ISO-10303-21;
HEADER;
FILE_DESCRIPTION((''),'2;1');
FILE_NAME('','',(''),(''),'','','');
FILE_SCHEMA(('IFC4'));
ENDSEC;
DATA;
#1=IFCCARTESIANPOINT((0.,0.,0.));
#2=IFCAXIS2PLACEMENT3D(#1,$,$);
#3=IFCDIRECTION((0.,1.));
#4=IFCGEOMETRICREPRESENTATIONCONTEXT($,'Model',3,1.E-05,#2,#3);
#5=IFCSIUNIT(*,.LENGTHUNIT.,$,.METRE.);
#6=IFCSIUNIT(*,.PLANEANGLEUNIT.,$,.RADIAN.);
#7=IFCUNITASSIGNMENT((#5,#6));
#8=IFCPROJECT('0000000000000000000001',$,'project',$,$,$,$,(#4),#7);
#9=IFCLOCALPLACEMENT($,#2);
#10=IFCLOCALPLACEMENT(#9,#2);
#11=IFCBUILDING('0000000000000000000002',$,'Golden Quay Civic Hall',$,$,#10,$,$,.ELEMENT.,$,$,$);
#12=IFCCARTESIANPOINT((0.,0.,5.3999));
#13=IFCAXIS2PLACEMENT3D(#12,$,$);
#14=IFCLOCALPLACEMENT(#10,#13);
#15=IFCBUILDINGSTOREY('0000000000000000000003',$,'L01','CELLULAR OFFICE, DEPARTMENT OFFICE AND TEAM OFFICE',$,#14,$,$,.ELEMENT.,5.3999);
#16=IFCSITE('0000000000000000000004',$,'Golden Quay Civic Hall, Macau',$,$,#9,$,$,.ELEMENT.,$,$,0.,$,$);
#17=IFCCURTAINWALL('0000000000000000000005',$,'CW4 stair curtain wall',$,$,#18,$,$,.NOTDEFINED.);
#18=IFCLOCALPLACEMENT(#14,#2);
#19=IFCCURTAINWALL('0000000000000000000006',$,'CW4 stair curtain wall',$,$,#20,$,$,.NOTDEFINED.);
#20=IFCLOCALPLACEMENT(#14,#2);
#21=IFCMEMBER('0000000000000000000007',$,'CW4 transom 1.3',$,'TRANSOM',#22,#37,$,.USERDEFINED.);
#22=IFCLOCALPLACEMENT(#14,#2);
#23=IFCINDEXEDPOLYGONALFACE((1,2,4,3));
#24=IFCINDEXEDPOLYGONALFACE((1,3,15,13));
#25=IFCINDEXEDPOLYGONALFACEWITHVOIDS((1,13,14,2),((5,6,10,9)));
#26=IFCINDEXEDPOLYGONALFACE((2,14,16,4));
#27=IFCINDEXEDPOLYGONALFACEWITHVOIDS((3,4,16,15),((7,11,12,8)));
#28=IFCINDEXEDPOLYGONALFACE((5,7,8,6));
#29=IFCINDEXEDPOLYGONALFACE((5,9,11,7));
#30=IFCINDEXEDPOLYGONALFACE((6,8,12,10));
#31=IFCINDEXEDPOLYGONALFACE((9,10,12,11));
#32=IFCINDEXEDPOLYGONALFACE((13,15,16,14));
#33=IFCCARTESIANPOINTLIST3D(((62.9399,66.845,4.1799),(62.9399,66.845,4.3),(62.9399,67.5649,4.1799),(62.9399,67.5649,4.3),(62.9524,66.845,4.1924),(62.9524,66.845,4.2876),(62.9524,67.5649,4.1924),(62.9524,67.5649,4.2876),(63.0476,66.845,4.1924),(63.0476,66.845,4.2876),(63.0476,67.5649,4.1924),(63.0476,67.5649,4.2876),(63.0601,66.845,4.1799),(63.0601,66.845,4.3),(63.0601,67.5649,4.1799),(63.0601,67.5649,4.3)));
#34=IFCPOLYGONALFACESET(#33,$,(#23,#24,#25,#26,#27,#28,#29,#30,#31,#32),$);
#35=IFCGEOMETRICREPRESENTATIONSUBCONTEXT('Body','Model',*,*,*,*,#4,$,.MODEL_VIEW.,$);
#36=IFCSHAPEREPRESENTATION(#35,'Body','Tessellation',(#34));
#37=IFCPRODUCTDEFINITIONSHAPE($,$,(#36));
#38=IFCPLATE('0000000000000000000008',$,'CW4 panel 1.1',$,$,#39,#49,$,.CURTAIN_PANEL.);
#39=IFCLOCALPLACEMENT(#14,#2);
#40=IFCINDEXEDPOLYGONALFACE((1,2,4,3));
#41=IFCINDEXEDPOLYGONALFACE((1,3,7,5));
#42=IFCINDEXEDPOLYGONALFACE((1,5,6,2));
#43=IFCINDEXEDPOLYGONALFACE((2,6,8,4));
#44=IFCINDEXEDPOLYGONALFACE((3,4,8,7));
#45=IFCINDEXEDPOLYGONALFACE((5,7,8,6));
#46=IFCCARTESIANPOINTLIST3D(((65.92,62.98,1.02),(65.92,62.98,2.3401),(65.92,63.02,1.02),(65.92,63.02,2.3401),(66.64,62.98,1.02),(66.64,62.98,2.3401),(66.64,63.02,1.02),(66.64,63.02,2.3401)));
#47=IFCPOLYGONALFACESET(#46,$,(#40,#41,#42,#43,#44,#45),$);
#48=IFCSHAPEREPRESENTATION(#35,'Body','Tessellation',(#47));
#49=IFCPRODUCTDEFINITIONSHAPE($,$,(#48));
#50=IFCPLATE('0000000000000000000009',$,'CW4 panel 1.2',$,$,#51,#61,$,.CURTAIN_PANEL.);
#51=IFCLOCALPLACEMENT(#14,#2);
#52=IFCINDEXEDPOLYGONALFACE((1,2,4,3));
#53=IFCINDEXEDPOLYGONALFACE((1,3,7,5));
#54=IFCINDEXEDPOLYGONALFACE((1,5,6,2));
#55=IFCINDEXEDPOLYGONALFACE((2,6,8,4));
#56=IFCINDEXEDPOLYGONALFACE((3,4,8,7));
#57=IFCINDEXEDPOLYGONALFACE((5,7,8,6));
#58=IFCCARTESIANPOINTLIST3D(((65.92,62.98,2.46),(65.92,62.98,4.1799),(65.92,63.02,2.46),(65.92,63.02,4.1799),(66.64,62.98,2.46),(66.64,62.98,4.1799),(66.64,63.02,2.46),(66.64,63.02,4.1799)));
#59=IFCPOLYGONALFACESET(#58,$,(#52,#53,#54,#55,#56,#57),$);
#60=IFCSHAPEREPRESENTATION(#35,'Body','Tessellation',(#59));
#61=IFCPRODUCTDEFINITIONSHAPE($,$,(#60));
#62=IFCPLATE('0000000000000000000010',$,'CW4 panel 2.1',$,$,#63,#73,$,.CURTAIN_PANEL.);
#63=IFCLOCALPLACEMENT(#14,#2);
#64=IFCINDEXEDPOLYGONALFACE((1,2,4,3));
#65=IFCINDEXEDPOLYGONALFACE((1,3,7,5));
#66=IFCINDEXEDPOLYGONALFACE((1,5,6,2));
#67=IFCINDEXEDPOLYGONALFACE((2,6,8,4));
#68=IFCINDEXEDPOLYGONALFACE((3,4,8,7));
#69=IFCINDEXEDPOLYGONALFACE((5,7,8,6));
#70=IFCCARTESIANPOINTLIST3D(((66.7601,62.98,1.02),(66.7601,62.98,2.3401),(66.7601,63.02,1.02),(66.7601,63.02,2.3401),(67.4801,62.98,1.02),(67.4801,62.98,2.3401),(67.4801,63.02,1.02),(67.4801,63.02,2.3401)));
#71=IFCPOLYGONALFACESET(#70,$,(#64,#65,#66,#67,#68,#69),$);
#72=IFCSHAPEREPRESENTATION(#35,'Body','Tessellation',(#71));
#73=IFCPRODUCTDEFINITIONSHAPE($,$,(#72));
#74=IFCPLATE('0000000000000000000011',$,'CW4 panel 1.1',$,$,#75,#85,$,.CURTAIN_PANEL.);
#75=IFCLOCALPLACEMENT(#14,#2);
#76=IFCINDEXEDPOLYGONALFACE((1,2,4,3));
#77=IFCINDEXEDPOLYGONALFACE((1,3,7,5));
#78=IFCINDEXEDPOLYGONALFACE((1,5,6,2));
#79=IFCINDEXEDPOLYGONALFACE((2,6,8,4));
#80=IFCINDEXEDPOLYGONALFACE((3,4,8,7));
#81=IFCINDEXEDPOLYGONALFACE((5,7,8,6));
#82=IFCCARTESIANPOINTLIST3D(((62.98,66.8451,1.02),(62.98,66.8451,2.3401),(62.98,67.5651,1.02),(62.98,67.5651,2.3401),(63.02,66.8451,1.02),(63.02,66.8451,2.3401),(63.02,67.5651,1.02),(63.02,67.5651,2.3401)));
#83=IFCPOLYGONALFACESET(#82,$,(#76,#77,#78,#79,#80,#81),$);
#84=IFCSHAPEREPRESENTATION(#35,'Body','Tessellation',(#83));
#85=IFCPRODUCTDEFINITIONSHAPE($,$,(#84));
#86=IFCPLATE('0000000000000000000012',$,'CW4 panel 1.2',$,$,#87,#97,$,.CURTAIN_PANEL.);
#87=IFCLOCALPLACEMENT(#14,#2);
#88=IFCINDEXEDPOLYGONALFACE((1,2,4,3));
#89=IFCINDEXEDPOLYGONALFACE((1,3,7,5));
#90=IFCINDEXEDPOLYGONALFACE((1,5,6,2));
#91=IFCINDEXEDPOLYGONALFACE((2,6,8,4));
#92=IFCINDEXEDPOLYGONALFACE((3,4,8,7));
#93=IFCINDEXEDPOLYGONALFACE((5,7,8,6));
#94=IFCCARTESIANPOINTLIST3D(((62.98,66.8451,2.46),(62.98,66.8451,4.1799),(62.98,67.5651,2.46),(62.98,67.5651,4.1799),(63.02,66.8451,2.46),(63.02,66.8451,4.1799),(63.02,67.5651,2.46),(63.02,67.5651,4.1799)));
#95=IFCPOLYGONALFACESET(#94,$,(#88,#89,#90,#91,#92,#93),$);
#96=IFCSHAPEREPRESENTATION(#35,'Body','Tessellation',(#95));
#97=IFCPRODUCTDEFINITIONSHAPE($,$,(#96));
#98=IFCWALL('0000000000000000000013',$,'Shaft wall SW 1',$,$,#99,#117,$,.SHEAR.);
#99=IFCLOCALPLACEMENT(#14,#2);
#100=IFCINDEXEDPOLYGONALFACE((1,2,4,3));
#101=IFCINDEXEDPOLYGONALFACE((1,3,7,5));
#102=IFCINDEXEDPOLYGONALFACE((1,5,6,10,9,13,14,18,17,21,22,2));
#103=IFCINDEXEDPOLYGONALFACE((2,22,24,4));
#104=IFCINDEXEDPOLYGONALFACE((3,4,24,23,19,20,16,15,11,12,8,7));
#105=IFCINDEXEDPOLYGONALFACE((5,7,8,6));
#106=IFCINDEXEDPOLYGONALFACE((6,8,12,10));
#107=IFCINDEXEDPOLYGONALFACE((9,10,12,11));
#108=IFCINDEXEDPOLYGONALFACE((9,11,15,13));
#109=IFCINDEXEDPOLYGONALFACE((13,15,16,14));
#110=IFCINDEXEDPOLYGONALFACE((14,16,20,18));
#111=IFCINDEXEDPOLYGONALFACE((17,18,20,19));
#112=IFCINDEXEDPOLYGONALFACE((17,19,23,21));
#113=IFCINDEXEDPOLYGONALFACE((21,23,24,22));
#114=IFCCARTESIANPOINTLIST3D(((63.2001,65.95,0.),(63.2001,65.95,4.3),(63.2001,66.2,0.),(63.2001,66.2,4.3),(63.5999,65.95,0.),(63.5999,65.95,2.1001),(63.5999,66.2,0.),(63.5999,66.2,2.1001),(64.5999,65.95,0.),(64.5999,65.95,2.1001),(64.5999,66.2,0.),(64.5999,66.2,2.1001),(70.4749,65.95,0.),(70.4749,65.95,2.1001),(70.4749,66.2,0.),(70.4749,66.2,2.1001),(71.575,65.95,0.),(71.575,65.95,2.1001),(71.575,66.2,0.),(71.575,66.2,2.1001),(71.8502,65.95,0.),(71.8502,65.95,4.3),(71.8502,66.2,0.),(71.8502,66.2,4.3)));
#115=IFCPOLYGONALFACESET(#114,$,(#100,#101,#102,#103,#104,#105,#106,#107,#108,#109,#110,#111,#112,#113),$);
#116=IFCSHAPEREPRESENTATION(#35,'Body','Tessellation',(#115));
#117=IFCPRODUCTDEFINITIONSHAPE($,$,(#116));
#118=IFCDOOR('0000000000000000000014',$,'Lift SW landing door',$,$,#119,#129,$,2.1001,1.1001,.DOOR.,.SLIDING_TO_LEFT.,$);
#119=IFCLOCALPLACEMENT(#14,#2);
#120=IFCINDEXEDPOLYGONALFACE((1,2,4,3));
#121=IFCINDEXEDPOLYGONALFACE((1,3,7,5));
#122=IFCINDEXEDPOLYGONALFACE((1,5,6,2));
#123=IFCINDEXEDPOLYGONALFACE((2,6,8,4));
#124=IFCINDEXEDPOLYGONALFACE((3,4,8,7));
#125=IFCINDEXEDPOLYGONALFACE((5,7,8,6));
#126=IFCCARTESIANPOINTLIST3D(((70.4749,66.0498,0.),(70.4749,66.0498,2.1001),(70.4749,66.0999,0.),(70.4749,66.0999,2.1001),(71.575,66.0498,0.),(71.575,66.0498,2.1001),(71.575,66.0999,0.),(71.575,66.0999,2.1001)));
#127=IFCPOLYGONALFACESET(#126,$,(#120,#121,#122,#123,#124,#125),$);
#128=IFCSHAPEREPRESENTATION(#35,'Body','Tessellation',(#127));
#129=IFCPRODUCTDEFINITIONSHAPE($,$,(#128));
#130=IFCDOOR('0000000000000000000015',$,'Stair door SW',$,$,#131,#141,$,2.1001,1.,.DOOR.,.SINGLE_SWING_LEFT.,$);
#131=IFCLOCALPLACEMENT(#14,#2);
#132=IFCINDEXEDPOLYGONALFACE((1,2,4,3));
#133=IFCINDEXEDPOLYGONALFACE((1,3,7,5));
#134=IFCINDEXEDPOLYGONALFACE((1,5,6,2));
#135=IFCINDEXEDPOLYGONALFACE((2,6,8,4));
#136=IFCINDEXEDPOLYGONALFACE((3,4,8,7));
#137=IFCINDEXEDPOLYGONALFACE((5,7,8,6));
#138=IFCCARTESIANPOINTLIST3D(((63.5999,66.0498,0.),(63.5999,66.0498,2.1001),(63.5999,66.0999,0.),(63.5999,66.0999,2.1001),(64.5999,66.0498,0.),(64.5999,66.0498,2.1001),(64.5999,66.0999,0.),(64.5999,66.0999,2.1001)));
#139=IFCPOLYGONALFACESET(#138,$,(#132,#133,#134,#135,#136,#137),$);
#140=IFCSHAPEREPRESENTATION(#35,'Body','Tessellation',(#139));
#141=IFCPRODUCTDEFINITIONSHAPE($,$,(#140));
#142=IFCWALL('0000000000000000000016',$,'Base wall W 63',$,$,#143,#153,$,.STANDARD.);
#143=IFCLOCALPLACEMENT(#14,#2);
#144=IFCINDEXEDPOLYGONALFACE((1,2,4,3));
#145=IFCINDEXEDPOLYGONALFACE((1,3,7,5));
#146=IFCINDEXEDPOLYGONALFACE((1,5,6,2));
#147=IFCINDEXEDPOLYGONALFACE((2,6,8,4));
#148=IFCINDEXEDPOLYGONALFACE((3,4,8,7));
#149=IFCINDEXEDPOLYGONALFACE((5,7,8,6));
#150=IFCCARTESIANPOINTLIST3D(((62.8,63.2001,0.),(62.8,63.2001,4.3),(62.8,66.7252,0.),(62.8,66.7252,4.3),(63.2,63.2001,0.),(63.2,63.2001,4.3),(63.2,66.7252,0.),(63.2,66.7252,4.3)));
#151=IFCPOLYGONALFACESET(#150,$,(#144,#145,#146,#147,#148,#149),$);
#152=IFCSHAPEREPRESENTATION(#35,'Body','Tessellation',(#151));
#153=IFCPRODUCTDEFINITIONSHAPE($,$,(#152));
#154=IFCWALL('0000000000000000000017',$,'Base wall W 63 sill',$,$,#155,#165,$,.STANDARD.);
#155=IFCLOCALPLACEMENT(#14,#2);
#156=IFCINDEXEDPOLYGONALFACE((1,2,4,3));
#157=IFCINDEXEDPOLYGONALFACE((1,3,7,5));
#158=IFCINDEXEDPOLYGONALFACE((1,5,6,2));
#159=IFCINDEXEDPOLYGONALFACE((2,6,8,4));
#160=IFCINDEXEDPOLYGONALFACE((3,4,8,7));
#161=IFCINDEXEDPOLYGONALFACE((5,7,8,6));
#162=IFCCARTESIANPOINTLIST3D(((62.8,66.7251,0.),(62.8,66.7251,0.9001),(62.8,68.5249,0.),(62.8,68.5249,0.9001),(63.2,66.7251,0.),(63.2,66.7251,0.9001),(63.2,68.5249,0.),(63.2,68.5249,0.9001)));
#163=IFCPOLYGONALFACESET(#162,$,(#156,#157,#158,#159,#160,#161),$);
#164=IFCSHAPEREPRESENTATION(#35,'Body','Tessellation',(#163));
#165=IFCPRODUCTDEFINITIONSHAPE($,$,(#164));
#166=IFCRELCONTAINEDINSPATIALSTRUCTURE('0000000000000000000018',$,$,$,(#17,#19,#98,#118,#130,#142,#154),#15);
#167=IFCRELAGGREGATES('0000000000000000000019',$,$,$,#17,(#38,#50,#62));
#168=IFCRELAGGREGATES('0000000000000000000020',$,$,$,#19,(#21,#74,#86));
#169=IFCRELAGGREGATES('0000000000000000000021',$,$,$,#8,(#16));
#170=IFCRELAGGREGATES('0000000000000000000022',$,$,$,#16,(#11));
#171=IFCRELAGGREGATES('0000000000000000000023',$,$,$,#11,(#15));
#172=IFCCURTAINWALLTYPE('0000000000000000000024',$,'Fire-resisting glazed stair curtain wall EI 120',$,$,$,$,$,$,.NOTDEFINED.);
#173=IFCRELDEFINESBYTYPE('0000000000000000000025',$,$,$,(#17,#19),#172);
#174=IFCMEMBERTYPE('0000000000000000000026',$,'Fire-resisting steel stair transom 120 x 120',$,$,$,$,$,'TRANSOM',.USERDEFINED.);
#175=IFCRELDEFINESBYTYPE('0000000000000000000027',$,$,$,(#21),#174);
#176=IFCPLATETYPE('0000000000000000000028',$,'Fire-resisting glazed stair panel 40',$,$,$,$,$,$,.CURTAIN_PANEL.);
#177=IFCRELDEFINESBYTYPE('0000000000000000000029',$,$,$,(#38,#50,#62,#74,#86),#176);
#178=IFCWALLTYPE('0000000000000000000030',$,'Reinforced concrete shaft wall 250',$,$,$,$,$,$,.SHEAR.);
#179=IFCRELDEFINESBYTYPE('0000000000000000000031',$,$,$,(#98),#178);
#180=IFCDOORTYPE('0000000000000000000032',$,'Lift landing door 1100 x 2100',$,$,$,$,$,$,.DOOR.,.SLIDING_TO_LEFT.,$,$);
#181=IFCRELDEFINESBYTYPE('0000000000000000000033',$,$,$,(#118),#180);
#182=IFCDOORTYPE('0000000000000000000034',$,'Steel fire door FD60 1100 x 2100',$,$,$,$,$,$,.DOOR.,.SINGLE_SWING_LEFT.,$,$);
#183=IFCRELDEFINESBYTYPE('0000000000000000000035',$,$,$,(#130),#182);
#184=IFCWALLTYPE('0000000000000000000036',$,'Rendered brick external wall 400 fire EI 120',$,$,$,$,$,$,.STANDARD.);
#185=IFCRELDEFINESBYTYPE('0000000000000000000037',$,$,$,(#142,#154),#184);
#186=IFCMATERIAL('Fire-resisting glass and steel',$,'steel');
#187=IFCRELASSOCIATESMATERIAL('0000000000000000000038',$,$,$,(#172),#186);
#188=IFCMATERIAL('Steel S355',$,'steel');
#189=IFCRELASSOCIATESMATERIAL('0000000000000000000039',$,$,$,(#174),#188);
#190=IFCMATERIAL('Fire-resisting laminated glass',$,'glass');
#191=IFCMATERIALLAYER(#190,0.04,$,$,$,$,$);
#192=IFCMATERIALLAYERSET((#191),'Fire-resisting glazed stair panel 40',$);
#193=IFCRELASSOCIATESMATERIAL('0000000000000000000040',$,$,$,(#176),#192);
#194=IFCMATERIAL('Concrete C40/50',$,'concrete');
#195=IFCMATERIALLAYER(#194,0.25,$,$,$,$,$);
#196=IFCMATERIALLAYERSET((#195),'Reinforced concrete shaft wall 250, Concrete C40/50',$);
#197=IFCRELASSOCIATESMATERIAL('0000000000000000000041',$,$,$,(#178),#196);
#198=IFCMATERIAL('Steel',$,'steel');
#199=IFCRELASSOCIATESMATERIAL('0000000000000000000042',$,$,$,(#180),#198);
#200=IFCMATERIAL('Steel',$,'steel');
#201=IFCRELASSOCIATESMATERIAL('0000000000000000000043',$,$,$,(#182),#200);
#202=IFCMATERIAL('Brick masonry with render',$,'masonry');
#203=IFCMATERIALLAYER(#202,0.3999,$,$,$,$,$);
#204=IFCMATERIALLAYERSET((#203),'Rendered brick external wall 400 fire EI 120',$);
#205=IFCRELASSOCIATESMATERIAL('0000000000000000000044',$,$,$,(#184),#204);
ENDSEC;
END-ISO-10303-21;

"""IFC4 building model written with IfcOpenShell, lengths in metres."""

from ifc_helpers import new_model, si_unit, direction, frame, frame_2d, origin, origin_2d, place, context, subcontext, project, spatial, rectangle, hollow_rectangle, extrude, material, layer, layer_set, material_profile, profile_set, type_object, element, fill, aggregate, save


model = new_model("IFC4")

# Units and contexts
model_context = context("Model", 3, precision=1e-05, world=origin(), true_north=direction((0.0, 1.0)))
body_context = subcontext(model_context, "Body", "Model", "MODEL_VIEW")
ifc_project = project(units=[si_unit("LENGTHUNIT", "METRE"), si_unit("PLANEANGLEUNIT", "RADIAN")], contexts=[model_context])

# Site, building, storey
site_placement = place(None, origin())
site = spatial("IfcSite", under=ifc_project, at=site_placement, Name="Golden Quay Civic Hall, Macau", CompositionType="ELEMENT", RefElevation=0.0)
building_placement = place(site_placement, origin())
building = spatial("IfcBuilding", under=site, at=building_placement, Name="Golden Quay Civic Hall", CompositionType="ELEMENT")
storey_placement = place(building_placement, frame((0.0, 0.0, 5.3999)))
storey = spatial("IfcBuildingStorey", under=building, at=storey_placement, Name="L01", Description="CELLULAR OFFICE, DEPARTMENT OFFICE AND TEAM OFFICE", CompositionType="ELEMENT", Elevation=5.3999)

# Curtain wall
ifc_material_1 = material(Name="Fire-resisting glass and steel", Category="steel")
curtain_wall_type = type_object("IfcCurtainWallType", Name="Fire-resisting glazed stair curtain wall EI 120", PredefinedType="NOTDEFINED", material=ifc_material_1)
curtain_wall_1_placement = place(storey_placement, origin())
curtain_wall_1 = element("IfcCurtainWall", 1, at=curtain_wall_1_placement, inside=storey, type_object=curtain_wall_type, Name="CW4 stair curtain wall", PredefinedType="NOTDEFINED")

# Curtain wall
curtain_wall_2_placement = place(storey_placement, origin())
curtain_wall_2 = element("IfcCurtainWall", 2, at=curtain_wall_2_placement, inside=storey, type_object=curtain_wall_type, Name="CW4 stair curtain wall", PredefinedType="NOTDEFINED")

# Member
ifc_material_2 = material(Name="Steel S355", Category="steel")
ifc_material_profile_1 = material_profile(ifc_material_2, hollow_rectangle(XDim=0.1201, YDim=0.1201, WallThickness=0.0125, at=origin_2d()), Name="SHS 120x120x12.5")
ifc_profile_set_1 = profile_set([ifc_material_profile_1], Name="Steel S355")
member_type_1 = type_object("IfcMemberType", Name="Fire-resisting steel stair transom 120 x 120", ElementType="TRANSOM", PredefinedType="USERDEFINED", material=ifc_profile_set_1)
member_1_placement = place(storey_placement, frame((63.0, 66.845, 4.24), z_axis=(0.0, 1.0, 0.0), x_axis=(-1.0, 0.0, 0.0)))
member_1 = element("IfcMember", 3, at=member_1_placement, type_object=member_type_1, Name="CW4 transom 1.3", ObjectType="TRANSOM", PredefinedType="USERDEFINED", context=body_context, shape_type="SweptSolid", body=[
    extrude(hollow_rectangle(XDim=0.1201, YDim=0.1201, WallThickness=0.0125, at=origin_2d()), origin(), (0.0, 0.0, 1.0), 0.72),
])

# Plates
ifc_material_3 = material(Name="Fire-resisting laminated glass", Category="glass")
ifc_layer_1 = layer(ifc_material_3, 0.04)
ifc_layer_set_1 = layer_set([ifc_layer_1], Name="Fire-resisting glazed stair panel 40")
plate_type = type_object("IfcPlateType", Name="Fire-resisting glazed stair panel 40", PredefinedType="CURTAIN_PANEL", material=ifc_layer_set_1)
plate_1_placement = place(storey_placement, frame((66.28, 63.0, 1.02), z_axis=(0.0, 0.0, 1.0), x_axis=(1.0, 0.0, 0.0)))
plate_1 = element("IfcPlate", 4, at=plate_1_placement, type_object=plate_type, Name="CW4 panel 1.1", PredefinedType="CURTAIN_PANEL", context=body_context, shape_type="SweptSolid", body=[
    extrude(rectangle(XDim=0.72, YDim=0.04, at=origin_2d()), origin(), (0.0, 0.0, 1.0), 1.3201),
])
plate_2_placement = place(storey_placement, frame((66.28, 63.0, 2.46), z_axis=(0.0, 0.0, 1.0), x_axis=(1.0, 0.0, 0.0)))
plate_2 = element("IfcPlate", 5, at=plate_2_placement, type_object=plate_type, Name="CW4 panel 1.2", PredefinedType="CURTAIN_PANEL", context=body_context, shape_type="SweptSolid", body=[
    extrude(rectangle(XDim=0.72, YDim=0.04, at=origin_2d()), origin(), (0.0, 0.0, 1.0), 1.72),
])
plate_3_placement = place(storey_placement, frame((67.1201, 63.0, 1.02), z_axis=(0.0, 0.0, 1.0), x_axis=(1.0, 0.0, 0.0)))
plate_3 = element("IfcPlate", 6, at=plate_3_placement, type_object=plate_type, Name="CW4 panel 2.1", PredefinedType="CURTAIN_PANEL", context=body_context, shape_type="SweptSolid", body=[
    extrude(rectangle(XDim=0.72, YDim=0.04, at=origin_2d()), origin(), (0.0, 0.0, 1.0), 1.3201),
])
aggregate(curtain_wall_1, [plate_1, plate_2, plate_3])
plate_4_placement = place(storey_placement, frame((63.0, 67.2051, 1.02), z_axis=(0.0, 0.0, 1.0), x_axis=(0.0, 1.0, 0.0)))
plate_4 = element("IfcPlate", 7, at=plate_4_placement, type_object=plate_type, Name="CW4 panel 1.1", PredefinedType="CURTAIN_PANEL", context=body_context, shape_type="SweptSolid", body=[
    extrude(rectangle(XDim=0.72, YDim=0.04, at=origin_2d()), origin(), (0.0, 0.0, 1.0), 1.3201),
])
plate_5_placement = place(storey_placement, frame((63.0, 67.2051, 2.46), z_axis=(0.0, 0.0, 1.0), x_axis=(0.0, 1.0, 0.0)))
plate_5 = element("IfcPlate", 8, at=plate_5_placement, type_object=plate_type, Name="CW4 panel 1.2", PredefinedType="CURTAIN_PANEL", context=body_context, shape_type="SweptSolid", body=[
    extrude(rectangle(XDim=0.72, YDim=0.04, at=origin_2d()), origin(), (0.0, 0.0, 1.0), 1.72),
])
aggregate(curtain_wall_2, [member_1, plate_4, plate_5])

# Wall, openings, doors
ifc_material_4 = material(Name="Concrete C40/50", Category="concrete")
ifc_layer_2 = layer(ifc_material_4, 0.25)
ifc_layer_set_2 = layer_set([ifc_layer_2], Name="Reinforced concrete shaft wall 250, Concrete C40/50")
wall_type_1 = type_object("IfcWallType", Name="Reinforced concrete shaft wall 250", PredefinedType="SHEAR", material=ifc_layer_set_2)
wall_1_placement = place(storey_placement, frame((63.2, 66.075, 0.0), z_axis=(0.0, 0.0, 1.0), x_axis=(1.0, 0.0, 0.0)))
wall_1 = element("IfcWall", 9, at=wall_1_placement, inside=storey, type_object=wall_type_1, Name="Shaft wall SW 1", PredefinedType="SHEAR", context=body_context, shape_type="SweptSolid", body=[
    extrude(rectangle(XDim=8.6501, YDim=0.25, at=frame_2d((4.3252, 0.0))), origin(), (0.0, 0.0, 1.0), 4.3),
])
opening_1_placement = place(wall_1_placement, frame((0.3999, 0.0, 0.0)))
opening_1 = element("IfcOpeningElement", 10, at=opening_1_placement, cuts=wall_1, PredefinedType="OPENING", context=body_context, shape_type="SweptSolid", body=[
    extrude(rectangle(XDim=1.0, YDim=2.1001, at=frame_2d((0.5, 1.05))), frame((0.0, 0.135, 0.0), z_axis=(0.0, -1.0, 0.0), x_axis=(1.0, 0.0, 0.0)), (0.0, 0.0, 1.0), 0.27),
])
opening_2_placement = place(wall_1_placement, frame((7.2749, 0.0, 0.0)))
opening_2 = element("IfcOpeningElement", 11, at=opening_2_placement, cuts=wall_1, PredefinedType="OPENING", context=body_context, shape_type="SweptSolid", body=[
    extrude(rectangle(XDim=1.1001, YDim=2.1001, at=frame_2d((0.55, 1.05))), frame((0.0, 0.135, 0.0), z_axis=(0.0, -1.0, 0.0), x_axis=(1.0, 0.0, 0.0)), (0.0, 0.0, 1.0), 0.27),
])
ifc_material_5 = material(Name="Steel", Category="steel")
door_type_1 = type_object("IfcDoorType", Name="Lift landing door 1100 x 2100", OperationType="SLIDING_TO_LEFT", PredefinedType="DOOR", material=ifc_material_5)
door_1_placement = place(opening_2_placement, frame((1.1001, 0.0, 0.0), z_axis=(0.0, 0.0, 1.0), x_axis=(-1.0, 0.0, 0.0)))
door_1 = element("IfcDoor", 12, at=door_1_placement, inside=storey, type_object=door_type_1, Name="Lift SW landing door", OperationType="SLIDING_TO_LEFT", OverallHeight=2.1001, OverallWidth=1.1001, PredefinedType="DOOR", context=body_context, shape_type="SweptSolid", body=[
    extrude(rectangle(XDim=1.1001, YDim=2.1001, at=frame_2d((0.55, 1.05))), frame((0.0, 0.0251, 0.0), z_axis=(0.0, -1.0, 0.0), x_axis=(1.0, 0.0, 0.0)), (0.0, 0.0, 1.0), 0.05),
])
fill(opening_2, door_1)
ifc_material_6 = material(Name="Steel", Category="steel")
door_type_2 = type_object("IfcDoorType", Name="Steel fire door FD60 1100 x 2100", OperationType="SINGLE_SWING_LEFT", PredefinedType="DOOR", material=ifc_material_6)
door_2_placement = place(opening_1_placement, origin())
door_2 = element("IfcDoor", 13, at=door_2_placement, inside=storey, type_object=door_type_2, Name="Stair door SW", OperationType="SINGLE_SWING_LEFT", OverallHeight=2.1001, OverallWidth=1.0, PredefinedType="DOOR", context=body_context, shape_type="SweptSolid", body=[
    extrude(rectangle(XDim=1.0, YDim=2.1001, at=frame_2d((0.5, 1.05))), frame((0.0, 0.0249, 0.0), z_axis=(0.0, -1.0, 0.0), x_axis=(1.0, 0.0, 0.0)), (0.0, 0.0, 1.0), 0.05),
])
fill(opening_1, door_2)

# Walls
ifc_material_7 = material(Name="Brick masonry with render", Category="masonry")
ifc_layer_3 = layer(ifc_material_7, 0.3999)
ifc_layer_set_3 = layer_set([ifc_layer_3], Name="Rendered brick external wall 400 fire EI 120")
wall_type_2 = type_object("IfcWallType", Name="Rendered brick external wall 400 fire EI 120", PredefinedType="STANDARD", material=ifc_layer_set_3)
wall_2_placement = place(storey_placement, frame((63.0, 63.2, 0.0), z_axis=(0.0, 0.0, 1.0), x_axis=(0.0, 1.0, 0.0)))
element("IfcWall", 14, at=wall_2_placement, inside=storey, type_object=wall_type_2, Name="Base wall W 63", PredefinedType="STANDARD", context=body_context, shape_type="SweptSolid", body=[
    extrude(rectangle(XDim=3.5251, YDim=0.3999, at=frame_2d((1.7627, 0.0))), origin(), (0.0, 0.0, 1.0), 4.3),
])
wall_3_placement = place(storey_placement, frame((63.0, 66.7251, 0.0), z_axis=(0.0, 0.0, 1.0), x_axis=(0.0, 1.0, 0.0)))
element("IfcWall", 15, at=wall_3_placement, inside=storey, type_object=wall_type_2, Name="Base wall W 63 sill", PredefinedType="STANDARD", context=body_context, shape_type="SweptSolid", body=[
    extrude(rectangle(XDim=1.7998, YDim=0.3999, at=frame_2d((0.8999, 0.0))), origin(), (0.0, 0.0, 1.0), 0.9001),
])

save(model, "model.ifc")
